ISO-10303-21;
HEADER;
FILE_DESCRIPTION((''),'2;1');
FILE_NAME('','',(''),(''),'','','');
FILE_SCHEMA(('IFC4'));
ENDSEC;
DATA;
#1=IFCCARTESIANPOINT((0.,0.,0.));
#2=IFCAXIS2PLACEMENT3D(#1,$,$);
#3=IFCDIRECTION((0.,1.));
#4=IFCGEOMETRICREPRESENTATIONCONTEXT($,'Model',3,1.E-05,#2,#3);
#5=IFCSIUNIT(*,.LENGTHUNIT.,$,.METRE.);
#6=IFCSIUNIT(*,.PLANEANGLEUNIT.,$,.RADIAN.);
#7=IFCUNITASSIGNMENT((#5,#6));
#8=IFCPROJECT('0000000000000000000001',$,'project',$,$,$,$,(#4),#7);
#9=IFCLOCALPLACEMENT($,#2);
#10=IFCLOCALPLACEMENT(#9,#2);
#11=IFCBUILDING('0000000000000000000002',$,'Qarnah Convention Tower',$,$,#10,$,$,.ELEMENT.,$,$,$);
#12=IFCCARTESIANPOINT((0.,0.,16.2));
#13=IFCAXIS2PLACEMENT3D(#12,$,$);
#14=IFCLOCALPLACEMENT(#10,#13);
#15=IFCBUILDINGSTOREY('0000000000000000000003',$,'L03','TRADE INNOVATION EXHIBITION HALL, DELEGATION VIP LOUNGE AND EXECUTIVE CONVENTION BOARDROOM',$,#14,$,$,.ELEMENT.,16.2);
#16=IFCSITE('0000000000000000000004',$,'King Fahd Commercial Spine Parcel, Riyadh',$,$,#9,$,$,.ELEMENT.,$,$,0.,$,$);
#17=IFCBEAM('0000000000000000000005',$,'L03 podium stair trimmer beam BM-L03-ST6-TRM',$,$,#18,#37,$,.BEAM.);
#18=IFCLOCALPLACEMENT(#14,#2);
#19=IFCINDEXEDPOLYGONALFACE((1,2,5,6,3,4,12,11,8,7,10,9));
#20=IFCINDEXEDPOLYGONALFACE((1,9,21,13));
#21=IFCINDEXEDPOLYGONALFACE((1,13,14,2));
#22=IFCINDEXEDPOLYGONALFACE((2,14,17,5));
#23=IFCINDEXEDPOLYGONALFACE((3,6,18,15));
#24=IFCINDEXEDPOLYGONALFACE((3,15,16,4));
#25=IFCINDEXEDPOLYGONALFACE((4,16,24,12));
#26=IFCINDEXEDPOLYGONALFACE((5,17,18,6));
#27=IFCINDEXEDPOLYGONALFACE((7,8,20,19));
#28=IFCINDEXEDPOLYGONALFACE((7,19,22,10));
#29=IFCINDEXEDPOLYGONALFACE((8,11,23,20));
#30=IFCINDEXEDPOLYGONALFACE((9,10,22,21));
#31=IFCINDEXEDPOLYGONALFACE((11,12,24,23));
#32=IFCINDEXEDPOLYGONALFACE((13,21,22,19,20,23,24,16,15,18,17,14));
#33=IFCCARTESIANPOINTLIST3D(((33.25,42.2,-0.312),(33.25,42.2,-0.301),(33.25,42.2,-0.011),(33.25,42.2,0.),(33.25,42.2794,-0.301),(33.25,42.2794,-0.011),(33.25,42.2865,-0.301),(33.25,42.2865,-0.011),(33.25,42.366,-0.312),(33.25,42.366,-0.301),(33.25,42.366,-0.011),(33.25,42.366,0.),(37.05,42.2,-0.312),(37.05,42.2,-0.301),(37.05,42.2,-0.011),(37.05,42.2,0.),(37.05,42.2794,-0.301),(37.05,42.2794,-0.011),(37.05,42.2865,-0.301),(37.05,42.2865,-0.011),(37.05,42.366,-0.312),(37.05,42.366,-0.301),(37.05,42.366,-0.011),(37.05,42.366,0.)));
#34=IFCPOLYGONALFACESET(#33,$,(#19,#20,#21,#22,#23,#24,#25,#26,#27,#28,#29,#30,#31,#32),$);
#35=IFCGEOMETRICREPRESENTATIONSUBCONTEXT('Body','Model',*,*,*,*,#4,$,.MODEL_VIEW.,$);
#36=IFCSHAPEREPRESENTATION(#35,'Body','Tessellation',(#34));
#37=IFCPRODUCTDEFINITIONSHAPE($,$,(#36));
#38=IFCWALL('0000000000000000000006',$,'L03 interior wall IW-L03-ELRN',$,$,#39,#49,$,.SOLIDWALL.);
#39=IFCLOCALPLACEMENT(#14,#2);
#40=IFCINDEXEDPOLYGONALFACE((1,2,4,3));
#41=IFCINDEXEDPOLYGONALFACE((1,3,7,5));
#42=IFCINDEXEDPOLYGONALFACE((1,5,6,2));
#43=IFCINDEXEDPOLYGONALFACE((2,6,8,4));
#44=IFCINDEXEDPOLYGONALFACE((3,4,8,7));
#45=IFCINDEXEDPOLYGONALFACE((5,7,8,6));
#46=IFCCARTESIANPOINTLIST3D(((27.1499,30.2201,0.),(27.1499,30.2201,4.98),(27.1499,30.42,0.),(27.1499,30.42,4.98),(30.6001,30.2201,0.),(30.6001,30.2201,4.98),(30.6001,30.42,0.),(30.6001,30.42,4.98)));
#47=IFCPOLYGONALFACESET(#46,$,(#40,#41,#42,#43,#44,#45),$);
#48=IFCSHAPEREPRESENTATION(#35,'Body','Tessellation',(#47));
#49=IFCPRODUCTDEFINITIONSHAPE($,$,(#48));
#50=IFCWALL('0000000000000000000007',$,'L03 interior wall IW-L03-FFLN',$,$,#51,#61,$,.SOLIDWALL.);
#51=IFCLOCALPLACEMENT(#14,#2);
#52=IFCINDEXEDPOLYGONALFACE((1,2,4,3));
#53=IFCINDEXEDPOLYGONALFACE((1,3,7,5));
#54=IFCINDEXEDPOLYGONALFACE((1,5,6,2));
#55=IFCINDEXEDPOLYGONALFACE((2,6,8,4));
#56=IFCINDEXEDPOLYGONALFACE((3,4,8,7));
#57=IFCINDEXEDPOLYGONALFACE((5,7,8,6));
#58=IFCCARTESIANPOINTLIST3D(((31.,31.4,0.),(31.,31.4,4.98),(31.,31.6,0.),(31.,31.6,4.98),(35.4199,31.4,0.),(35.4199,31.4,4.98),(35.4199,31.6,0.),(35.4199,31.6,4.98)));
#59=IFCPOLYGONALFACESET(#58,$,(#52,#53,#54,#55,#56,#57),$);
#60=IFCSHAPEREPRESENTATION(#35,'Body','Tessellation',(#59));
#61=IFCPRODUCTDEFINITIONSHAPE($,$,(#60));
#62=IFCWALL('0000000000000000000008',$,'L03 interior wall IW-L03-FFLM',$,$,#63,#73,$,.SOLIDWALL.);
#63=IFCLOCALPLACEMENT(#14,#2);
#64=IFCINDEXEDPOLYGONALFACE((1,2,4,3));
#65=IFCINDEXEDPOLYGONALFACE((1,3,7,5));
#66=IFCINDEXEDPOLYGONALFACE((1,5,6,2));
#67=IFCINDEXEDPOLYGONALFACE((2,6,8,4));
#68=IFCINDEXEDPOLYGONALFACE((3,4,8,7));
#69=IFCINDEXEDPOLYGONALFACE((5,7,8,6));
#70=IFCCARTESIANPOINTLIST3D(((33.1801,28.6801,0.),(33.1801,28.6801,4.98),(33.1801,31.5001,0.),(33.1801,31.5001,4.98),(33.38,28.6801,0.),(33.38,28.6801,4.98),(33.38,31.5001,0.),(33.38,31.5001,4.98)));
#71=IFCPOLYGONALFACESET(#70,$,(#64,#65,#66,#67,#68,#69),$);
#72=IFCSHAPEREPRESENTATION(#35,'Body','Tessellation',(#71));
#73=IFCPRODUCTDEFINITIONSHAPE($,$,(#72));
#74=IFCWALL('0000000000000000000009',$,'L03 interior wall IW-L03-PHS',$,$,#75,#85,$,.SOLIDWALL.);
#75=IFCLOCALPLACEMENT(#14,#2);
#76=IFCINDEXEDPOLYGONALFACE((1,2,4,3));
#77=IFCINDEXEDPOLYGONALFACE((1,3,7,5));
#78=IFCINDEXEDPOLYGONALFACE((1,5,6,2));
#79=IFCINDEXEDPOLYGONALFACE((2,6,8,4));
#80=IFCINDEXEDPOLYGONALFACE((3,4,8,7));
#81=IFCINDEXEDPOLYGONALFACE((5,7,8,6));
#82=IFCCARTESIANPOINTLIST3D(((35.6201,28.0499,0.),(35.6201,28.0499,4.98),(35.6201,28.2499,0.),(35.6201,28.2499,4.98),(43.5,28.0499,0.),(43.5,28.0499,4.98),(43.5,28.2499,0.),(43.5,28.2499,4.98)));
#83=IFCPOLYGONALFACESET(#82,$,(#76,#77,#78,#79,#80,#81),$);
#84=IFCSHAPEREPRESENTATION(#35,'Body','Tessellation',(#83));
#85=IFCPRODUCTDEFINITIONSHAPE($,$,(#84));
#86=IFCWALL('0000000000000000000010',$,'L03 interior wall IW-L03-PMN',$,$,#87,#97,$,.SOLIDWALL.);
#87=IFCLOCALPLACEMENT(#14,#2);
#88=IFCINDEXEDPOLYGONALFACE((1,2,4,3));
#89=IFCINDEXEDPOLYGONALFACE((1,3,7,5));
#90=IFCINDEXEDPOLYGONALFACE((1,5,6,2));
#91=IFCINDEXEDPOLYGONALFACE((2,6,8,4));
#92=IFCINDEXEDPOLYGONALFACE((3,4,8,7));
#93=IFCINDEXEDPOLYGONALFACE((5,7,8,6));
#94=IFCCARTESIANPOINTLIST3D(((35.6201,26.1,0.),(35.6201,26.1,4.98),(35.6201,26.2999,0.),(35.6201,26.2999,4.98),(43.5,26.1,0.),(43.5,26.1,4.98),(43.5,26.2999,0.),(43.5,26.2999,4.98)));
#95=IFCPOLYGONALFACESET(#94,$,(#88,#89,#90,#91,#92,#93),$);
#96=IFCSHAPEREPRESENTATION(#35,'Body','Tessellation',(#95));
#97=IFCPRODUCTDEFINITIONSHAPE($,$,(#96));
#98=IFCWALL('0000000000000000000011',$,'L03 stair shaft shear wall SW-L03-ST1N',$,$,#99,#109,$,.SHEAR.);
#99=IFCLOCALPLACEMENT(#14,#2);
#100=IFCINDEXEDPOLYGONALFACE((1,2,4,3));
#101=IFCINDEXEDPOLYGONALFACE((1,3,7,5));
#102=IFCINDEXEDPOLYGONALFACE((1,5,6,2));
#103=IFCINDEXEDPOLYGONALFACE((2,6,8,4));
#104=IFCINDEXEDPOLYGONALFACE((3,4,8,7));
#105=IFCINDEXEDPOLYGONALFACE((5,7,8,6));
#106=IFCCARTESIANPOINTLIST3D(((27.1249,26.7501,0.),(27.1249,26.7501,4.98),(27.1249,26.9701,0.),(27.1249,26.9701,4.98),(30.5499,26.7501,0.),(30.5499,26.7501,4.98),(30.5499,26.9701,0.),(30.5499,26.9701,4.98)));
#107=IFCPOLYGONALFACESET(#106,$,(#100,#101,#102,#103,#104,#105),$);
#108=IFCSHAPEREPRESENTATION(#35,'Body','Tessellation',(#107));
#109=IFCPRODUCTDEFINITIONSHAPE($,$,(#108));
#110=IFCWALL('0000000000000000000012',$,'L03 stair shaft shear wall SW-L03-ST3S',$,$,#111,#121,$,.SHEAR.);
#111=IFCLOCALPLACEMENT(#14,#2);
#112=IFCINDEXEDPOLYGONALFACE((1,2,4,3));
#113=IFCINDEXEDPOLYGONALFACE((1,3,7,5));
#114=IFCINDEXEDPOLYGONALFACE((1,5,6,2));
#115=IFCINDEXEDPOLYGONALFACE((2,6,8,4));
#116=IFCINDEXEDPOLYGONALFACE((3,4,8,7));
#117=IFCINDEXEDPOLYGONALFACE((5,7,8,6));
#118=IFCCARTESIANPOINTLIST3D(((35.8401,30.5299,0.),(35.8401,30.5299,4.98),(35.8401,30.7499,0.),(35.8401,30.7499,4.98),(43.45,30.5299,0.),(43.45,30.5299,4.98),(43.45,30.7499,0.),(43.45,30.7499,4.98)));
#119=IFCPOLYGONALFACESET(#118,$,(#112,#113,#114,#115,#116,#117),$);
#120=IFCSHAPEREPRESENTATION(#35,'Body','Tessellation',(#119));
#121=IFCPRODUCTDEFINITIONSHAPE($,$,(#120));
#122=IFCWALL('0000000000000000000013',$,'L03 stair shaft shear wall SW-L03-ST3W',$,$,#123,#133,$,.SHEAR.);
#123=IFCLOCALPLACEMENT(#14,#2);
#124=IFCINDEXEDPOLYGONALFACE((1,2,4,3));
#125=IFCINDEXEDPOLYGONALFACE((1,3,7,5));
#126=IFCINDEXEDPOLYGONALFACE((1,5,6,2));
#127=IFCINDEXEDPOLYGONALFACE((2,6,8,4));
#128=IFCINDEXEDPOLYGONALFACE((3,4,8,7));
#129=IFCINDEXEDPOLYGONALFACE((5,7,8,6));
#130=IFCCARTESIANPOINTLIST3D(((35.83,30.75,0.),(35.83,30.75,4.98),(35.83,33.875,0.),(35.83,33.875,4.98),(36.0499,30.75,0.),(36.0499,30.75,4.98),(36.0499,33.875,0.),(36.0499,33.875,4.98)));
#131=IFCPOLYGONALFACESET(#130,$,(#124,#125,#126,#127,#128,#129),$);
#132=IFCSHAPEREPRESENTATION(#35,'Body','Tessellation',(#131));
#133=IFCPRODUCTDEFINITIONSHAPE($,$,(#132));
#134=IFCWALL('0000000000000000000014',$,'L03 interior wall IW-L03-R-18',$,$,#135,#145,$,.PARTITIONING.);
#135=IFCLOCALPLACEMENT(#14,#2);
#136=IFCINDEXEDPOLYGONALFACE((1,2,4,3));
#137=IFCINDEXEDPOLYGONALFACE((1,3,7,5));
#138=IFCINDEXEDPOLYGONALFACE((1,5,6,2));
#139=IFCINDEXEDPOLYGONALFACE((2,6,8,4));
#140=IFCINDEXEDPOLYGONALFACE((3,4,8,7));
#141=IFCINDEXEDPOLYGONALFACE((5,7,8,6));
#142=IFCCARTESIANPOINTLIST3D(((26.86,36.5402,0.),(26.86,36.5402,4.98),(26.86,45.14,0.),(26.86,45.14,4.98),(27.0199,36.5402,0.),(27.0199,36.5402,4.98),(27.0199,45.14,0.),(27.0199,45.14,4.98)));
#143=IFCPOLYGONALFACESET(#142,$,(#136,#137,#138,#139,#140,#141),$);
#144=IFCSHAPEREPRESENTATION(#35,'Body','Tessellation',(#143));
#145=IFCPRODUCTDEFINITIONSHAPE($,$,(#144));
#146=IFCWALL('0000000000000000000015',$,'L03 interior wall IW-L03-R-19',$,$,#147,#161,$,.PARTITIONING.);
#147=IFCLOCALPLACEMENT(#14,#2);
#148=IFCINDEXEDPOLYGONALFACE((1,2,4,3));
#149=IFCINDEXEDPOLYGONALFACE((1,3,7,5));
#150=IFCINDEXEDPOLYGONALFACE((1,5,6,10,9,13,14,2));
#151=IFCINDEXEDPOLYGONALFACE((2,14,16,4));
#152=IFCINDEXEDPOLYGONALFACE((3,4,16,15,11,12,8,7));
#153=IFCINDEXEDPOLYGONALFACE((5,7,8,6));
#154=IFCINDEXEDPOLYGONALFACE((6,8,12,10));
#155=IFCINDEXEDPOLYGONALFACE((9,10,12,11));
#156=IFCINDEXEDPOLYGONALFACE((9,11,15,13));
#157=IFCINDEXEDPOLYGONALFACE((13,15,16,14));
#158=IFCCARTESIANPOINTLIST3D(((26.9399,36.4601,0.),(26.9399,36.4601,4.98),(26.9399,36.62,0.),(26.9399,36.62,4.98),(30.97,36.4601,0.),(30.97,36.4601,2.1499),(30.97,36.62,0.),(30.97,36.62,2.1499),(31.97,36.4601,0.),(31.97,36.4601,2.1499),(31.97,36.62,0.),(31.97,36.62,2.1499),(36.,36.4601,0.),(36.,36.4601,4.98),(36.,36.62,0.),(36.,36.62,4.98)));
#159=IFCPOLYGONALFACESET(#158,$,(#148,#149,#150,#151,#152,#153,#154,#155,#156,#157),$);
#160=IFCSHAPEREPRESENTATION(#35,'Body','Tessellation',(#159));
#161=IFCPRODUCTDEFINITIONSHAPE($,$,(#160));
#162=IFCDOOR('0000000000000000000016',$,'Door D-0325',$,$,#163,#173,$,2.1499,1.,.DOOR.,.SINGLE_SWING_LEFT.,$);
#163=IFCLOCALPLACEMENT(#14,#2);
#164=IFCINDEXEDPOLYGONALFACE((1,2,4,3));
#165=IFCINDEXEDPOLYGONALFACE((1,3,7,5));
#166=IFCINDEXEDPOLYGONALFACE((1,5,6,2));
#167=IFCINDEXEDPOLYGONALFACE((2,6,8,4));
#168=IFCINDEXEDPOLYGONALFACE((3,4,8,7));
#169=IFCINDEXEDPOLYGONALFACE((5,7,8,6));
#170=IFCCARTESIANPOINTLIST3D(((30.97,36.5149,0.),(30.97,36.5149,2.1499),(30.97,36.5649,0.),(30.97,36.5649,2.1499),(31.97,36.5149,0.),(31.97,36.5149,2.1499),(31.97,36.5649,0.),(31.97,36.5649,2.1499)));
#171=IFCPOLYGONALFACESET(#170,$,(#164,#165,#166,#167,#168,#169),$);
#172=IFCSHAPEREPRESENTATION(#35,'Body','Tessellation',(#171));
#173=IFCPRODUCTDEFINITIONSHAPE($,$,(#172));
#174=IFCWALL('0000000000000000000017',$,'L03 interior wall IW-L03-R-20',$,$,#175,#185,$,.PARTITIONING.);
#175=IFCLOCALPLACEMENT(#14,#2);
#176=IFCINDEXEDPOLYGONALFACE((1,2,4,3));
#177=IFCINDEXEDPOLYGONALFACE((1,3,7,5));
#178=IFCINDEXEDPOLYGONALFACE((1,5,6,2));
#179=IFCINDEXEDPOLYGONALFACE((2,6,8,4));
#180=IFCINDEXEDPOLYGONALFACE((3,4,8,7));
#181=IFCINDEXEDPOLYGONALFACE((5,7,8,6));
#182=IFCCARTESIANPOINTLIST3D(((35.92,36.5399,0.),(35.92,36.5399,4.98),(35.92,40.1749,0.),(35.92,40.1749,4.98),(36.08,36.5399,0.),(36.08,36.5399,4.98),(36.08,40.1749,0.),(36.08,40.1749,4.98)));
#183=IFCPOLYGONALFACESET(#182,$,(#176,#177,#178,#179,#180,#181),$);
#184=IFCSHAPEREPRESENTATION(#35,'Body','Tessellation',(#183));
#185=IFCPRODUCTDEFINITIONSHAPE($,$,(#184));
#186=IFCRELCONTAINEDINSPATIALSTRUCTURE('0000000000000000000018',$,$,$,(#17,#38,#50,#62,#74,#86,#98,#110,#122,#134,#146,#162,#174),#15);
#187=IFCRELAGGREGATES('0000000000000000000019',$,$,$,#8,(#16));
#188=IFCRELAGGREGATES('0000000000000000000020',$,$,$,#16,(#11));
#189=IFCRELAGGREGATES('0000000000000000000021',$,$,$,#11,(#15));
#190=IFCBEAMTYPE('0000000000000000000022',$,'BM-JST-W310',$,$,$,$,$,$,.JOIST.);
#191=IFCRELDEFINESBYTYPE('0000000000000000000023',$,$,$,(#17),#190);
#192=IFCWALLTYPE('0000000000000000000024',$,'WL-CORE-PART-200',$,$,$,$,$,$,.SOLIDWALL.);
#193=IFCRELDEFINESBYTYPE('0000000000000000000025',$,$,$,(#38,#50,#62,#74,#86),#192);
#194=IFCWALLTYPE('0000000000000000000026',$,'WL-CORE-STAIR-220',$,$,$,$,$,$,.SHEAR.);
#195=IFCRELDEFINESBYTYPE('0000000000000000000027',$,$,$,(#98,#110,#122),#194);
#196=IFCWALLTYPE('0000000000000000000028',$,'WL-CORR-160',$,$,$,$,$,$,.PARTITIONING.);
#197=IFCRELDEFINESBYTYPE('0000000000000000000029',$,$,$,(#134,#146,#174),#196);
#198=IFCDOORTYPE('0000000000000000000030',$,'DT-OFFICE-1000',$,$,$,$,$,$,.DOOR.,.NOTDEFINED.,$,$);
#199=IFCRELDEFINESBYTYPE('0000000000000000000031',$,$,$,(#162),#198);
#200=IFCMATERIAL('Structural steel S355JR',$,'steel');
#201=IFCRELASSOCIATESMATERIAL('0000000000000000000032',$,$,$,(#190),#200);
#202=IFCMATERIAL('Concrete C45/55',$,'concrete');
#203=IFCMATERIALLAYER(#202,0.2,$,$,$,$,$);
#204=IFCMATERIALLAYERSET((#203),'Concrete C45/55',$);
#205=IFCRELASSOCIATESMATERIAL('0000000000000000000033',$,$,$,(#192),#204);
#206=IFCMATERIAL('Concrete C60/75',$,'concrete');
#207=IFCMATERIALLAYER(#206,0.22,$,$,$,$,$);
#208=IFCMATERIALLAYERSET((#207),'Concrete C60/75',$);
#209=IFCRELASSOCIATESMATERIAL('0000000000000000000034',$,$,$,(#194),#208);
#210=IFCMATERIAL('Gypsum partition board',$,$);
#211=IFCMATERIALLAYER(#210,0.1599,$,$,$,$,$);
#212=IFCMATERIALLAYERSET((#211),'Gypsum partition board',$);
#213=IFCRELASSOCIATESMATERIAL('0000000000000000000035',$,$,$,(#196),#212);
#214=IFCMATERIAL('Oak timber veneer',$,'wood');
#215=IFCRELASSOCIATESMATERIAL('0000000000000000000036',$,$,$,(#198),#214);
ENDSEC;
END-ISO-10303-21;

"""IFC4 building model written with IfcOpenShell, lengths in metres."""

from ifc_helpers import new_model, si_unit, direction, frame, frame_2d, origin, origin_2d, place, context, subcontext, project, spatial, rectangle, i_section, extrude, material, layer, layer_set, material_profile, profile_set, type_object, element, fill, save


model = new_model("IFC4")

# Units and contexts
model_context = context("Model", 3, precision=1e-05, world=origin(), true_north=direction((0.0, 1.0)))
body_context = subcontext(model_context, "Body", "Model", "MODEL_VIEW")
ifc_project = project(units=[si_unit("LENGTHUNIT", "METRE"), si_unit("PLANEANGLEUNIT", "RADIAN")], contexts=[model_context])

# Site, building, storey
site_placement = place(None, origin())
site = spatial("IfcSite", under=ifc_project, at=site_placement, Name="King Fahd Commercial Spine Parcel, Riyadh", CompositionType="ELEMENT", RefElevation=0.0)
building_placement = place(site_placement, origin())
building = spatial("IfcBuilding", under=site, at=building_placement, Name="Qarnah Convention Tower", CompositionType="ELEMENT")
storey_placement = place(building_placement, frame((0.0, 0.0, 16.2)))
storey = spatial("IfcBuildingStorey", under=building, at=storey_placement, Name="L03", Description="TRADE INNOVATION EXHIBITION HALL, DELEGATION VIP LOUNGE AND EXECUTIVE CONVENTION BOARDROOM", CompositionType="ELEMENT", Elevation=16.2)

# Beam
ifc_material_1 = material(Name="Structural steel S355JR", Category="steel")
ifc_material_profile = material_profile(ifc_material_1, i_section(OverallWidth=0.166, OverallDepth=0.312, WebThickness=0.0071, FlangeThickness=0.011, at=origin_2d()), Name="W310X45")
ifc_profile_set = profile_set([ifc_material_profile], Name="Structural steel S355JR")
beam_type = type_object("IfcBeamType", Name="BM-JST-W310", PredefinedType="JOIST", material=ifc_profile_set)
beam_placement = place(storey_placement, frame((33.25, 42.283, -0.156), z_axis=(1.0, 0.0, 0.0), x_axis=(0.0, 1.0, 0.0)))
element("IfcBeam", 1, at=beam_placement, inside=storey, type_object=beam_type, Name="L03 podium stair trimmer beam BM-L03-ST6-TRM", PredefinedType="BEAM", context=body_context, shape_type="SweptSolid", body=[
    extrude(i_section(OverallWidth=0.166, OverallDepth=0.312, WebThickness=0.0071, FlangeThickness=0.011, at=origin_2d()), origin(), (0.0, 0.0, 1.0), 3.8),
])

# Wall
ifc_material_2 = material(Name="Concrete C45/55", Category="concrete")
ifc_layer_1 = layer(ifc_material_2, 0.2)
ifc_layer_set_1 = layer_set([ifc_layer_1], Name="Concrete C45/55")
wall_type_1 = type_object("IfcWallType", Name="WL-CORE-PART-200", PredefinedType="SOLIDWALL", material=ifc_layer_set_1)
wall_1_placement = place(storey_placement, frame((27.1499, 30.3201, 0.0), z_axis=(0.0, 0.0, 1.0), x_axis=(1.0, 0.0, 0.0)))
element("IfcWall", 2, at=wall_1_placement, inside=storey, type_object=wall_type_1, Name="L03 interior wall IW-L03-ELRN", PredefinedType="SOLIDWALL", context=body_context, shape_type="SweptSolid", body=[
    extrude(rectangle(XDim=3.4502, YDim=0.2, at=frame_2d((1.7251, 0.0))), origin(), (0.0, 0.0, 1.0), 4.98),
])

# Walls
wall_2_placement = place(storey_placement, frame((31.0, 31.5, 0.0), z_axis=(0.0, 0.0, 1.0), x_axis=(1.0, 0.0, 0.0)))
element("IfcWall", 3, at=wall_2_placement, inside=storey, type_object=wall_type_1, Name="L03 interior wall IW-L03-FFLN", PredefinedType="SOLIDWALL", context=body_context, shape_type="SweptSolid", body=[
    extrude(rectangle(XDim=4.4199, YDim=0.2, at=frame_2d((2.21, 0.0))), origin(), (0.0, 0.0, 1.0), 4.98),
])
wall_3_placement = place(storey_placement, frame((33.28, 28.6799, 0.0), z_axis=(0.0, 0.0, 1.0), x_axis=(0.0, 1.0, 0.0)))
element("IfcWall", 4, at=wall_3_placement, inside=storey, type_object=wall_type_1, Name="L03 interior wall IW-L03-FFLM", PredefinedType="SOLIDWALL", context=body_context, shape_type="SweptSolid", body=[
    extrude(rectangle(XDim=2.8201, YDim=0.2, at=frame_2d((1.4102, 0.0))), origin(), (0.0, 0.0, 1.0), 4.98),
])
for number, where, z_axis, x_axis, name in (
    (5, (35.6201, 28.1499, 0.0), (0.0, 0.0, 1.0), (1.0, 0.0, 0.0), "L03 interior wall IW-L03-PHS"),
    (6, (35.6201, 26.2, 0.0), (0.0, 0.0, 1.0), (1.0, 0.0, 0.0), "L03 interior wall IW-L03-PMN"),
):
    element("IfcWall", number, at=place(storey_placement, frame(where, z_axis=z_axis, x_axis=x_axis)), inside=storey, type_object=wall_type_1, Name=name, PredefinedType="SOLIDWALL", context=body_context, shape_type="SweptSolid", body=[
        extrude(rectangle(XDim=7.8799, YDim=0.2, at=frame_2d((3.9399, 0.0))), origin(), (0.0, 0.0, 1.0), 4.98),
    ])
ifc_material_3 = material(Name="Concrete C60/75", Category="concrete")
ifc_layer_2 = layer(ifc_material_3, 0.22)
ifc_layer_set_2 = layer_set([ifc_layer_2], Name="Concrete C60/75")
wall_type_2 = type_object("IfcWallType", Name="WL-CORE-STAIR-220", PredefinedType="SHEAR", material=ifc_layer_set_2)
wall_4_placement = place(storey_placement, frame((27.125, 26.8601, 0.0), z_axis=(0.0, 0.0, 1.0), x_axis=(1.0, 0.0, 0.0)))
element("IfcWall", 7, at=wall_4_placement, inside=storey, type_object=wall_type_2, Name="L03 stair shaft shear wall SW-L03-ST1N", PredefinedType="SHEAR", context=body_context, shape_type="SweptSolid", body=[
    extrude(rectangle(XDim=3.425, YDim=0.22, at=frame_2d((1.7124, 0.0))), origin(), (0.0, 0.0, 1.0), 4.98),
])
wall_5_placement = place(storey_placement, frame((35.8401, 30.6399, 0.0), z_axis=(0.0, 0.0, 1.0), x_axis=(1.0, 0.0, 0.0)))
element("IfcWall", 8, at=wall_5_placement, inside=storey, type_object=wall_type_2, Name="L03 stair shaft shear wall SW-L03-ST3S", PredefinedType="SHEAR", context=body_context, shape_type="SweptSolid", body=[
    extrude(rectangle(XDim=7.6099, YDim=0.22, at=frame_2d((3.8049, 0.0))), origin(), (0.0, 0.0, 1.0), 4.98),
])
wall_6_placement = place(storey_placement, frame((35.9399, 30.75, 0.0), z_axis=(0.0, 0.0, 1.0), x_axis=(0.0, 1.0, 0.0)))
element("IfcWall", 9, at=wall_6_placement, inside=storey, type_object=wall_type_2, Name="L03 stair shaft shear wall SW-L03-ST3W", PredefinedType="SHEAR", context=body_context, shape_type="SweptSolid", body=[
    extrude(rectangle(XDim=3.125, YDim=0.22, at=frame_2d((1.5625, 0.0))), origin(), (0.0, 0.0, 1.0), 4.98),
])
ifc_material_4 = material(Name="Gypsum partition board")
ifc_layer_3 = layer(ifc_material_4, 0.1599)
ifc_layer_set_3 = layer_set([ifc_layer_3], Name="Gypsum partition board")
wall_type_3 = type_object("IfcWallType", Name="WL-CORR-160", PredefinedType="PARTITIONING", material=ifc_layer_set_3)
wall_7_placement = place(storey_placement, frame((26.9399, 45.1399, 0.0), z_axis=(0.0, 0.0, 1.0), x_axis=(0.0, -1.0, 0.0)))
element("IfcWall", 10, at=wall_7_placement, inside=storey, type_object=wall_type_3, Name="L03 interior wall IW-L03-R-18", PredefinedType="PARTITIONING", context=body_context, shape_type="SweptSolid", body=[
    extrude(rectangle(XDim=8.5999, YDim=0.1599, at=frame_2d((4.2998, 0.0))), origin(), (0.0, 0.0, 1.0), 4.98),
])

# Wall, opening, door
wall_8_placement = place(storey_placement, frame((26.9399, 36.54, 0.0), z_axis=(0.0, 0.0, 1.0), x_axis=(1.0, 0.0, 0.0)))
wall_8 = element("IfcWall", 11, at=wall_8_placement, inside=storey, type_object=wall_type_3, Name="L03 interior wall IW-L03-R-19", PredefinedType="PARTITIONING", context=body_context, shape_type="SweptSolid", body=[
    extrude(rectangle(XDim=9.0601, YDim=0.1599, at=frame_2d((4.53, 0.0))), origin(), (0.0, 0.0, 1.0), 4.98),
])
opening_1_placement = place(wall_8_placement, frame((4.03, 0.0, 0.0)))
opening_1 = element("IfcOpeningElement", 12, at=opening_1_placement, cuts=wall_8, PredefinedType="OPENING", context=body_context, shape_type="SweptSolid", body=[
    extrude(rectangle(XDim=1.0, YDim=2.1499, at=frame_2d((0.5, 1.075))), frame((0.0, 0.0898, 0.0), z_axis=(0.0, -1.0, 0.0), x_axis=(1.0, 0.0, 0.0)), (0.0, 0.0, 1.0), 0.1799),
])
ifc_material_5 = material(Name="Oak timber veneer", Category="wood")
door_type_1 = type_object("IfcDoorType", Name="DT-OFFICE-1000", OperationType="NOTDEFINED", PredefinedType="DOOR", material=ifc_material_5)
door_1_placement = place(opening_1_placement, origin())
door_1 = element("IfcDoor", 13, at=door_1_placement, inside=storey, type_object=door_type_1, Name="Door D-0325", OperationType="SINGLE_SWING_LEFT", OverallHeight=2.1499, OverallWidth=1.0, PredefinedType="DOOR", context=body_context, shape_type="SweptSolid", body=[
    extrude(rectangle(XDim=1.0, YDim=2.1499, at=frame_2d((0.5, 1.075))), frame((0.0, 0.0249, 0.0), z_axis=(0.0, -1.0, 0.0), x_axis=(1.0, 0.0, 0.0)), (0.0, 0.0, 1.0), 0.05),
])
fill(opening_1, door_1)

# Wall
wall_9_placement = place(storey_placement, frame((36.0, 36.54, 0.0), z_axis=(0.0, 0.0, 1.0), x_axis=(0.0, 1.0, 0.0)))
element("IfcWall", 14, at=wall_9_placement, inside=storey, type_object=wall_type_3, Name="L03 interior wall IW-L03-R-20", PredefinedType="PARTITIONING", context=body_context, shape_type="SweptSolid", body=[
    extrude(rectangle(XDim=3.635, YDim=0.1599, at=frame_2d((1.8174, 0.0))), origin(), (0.0, 0.0, 1.0), 4.98),
])

save(model, "model.ifc")
